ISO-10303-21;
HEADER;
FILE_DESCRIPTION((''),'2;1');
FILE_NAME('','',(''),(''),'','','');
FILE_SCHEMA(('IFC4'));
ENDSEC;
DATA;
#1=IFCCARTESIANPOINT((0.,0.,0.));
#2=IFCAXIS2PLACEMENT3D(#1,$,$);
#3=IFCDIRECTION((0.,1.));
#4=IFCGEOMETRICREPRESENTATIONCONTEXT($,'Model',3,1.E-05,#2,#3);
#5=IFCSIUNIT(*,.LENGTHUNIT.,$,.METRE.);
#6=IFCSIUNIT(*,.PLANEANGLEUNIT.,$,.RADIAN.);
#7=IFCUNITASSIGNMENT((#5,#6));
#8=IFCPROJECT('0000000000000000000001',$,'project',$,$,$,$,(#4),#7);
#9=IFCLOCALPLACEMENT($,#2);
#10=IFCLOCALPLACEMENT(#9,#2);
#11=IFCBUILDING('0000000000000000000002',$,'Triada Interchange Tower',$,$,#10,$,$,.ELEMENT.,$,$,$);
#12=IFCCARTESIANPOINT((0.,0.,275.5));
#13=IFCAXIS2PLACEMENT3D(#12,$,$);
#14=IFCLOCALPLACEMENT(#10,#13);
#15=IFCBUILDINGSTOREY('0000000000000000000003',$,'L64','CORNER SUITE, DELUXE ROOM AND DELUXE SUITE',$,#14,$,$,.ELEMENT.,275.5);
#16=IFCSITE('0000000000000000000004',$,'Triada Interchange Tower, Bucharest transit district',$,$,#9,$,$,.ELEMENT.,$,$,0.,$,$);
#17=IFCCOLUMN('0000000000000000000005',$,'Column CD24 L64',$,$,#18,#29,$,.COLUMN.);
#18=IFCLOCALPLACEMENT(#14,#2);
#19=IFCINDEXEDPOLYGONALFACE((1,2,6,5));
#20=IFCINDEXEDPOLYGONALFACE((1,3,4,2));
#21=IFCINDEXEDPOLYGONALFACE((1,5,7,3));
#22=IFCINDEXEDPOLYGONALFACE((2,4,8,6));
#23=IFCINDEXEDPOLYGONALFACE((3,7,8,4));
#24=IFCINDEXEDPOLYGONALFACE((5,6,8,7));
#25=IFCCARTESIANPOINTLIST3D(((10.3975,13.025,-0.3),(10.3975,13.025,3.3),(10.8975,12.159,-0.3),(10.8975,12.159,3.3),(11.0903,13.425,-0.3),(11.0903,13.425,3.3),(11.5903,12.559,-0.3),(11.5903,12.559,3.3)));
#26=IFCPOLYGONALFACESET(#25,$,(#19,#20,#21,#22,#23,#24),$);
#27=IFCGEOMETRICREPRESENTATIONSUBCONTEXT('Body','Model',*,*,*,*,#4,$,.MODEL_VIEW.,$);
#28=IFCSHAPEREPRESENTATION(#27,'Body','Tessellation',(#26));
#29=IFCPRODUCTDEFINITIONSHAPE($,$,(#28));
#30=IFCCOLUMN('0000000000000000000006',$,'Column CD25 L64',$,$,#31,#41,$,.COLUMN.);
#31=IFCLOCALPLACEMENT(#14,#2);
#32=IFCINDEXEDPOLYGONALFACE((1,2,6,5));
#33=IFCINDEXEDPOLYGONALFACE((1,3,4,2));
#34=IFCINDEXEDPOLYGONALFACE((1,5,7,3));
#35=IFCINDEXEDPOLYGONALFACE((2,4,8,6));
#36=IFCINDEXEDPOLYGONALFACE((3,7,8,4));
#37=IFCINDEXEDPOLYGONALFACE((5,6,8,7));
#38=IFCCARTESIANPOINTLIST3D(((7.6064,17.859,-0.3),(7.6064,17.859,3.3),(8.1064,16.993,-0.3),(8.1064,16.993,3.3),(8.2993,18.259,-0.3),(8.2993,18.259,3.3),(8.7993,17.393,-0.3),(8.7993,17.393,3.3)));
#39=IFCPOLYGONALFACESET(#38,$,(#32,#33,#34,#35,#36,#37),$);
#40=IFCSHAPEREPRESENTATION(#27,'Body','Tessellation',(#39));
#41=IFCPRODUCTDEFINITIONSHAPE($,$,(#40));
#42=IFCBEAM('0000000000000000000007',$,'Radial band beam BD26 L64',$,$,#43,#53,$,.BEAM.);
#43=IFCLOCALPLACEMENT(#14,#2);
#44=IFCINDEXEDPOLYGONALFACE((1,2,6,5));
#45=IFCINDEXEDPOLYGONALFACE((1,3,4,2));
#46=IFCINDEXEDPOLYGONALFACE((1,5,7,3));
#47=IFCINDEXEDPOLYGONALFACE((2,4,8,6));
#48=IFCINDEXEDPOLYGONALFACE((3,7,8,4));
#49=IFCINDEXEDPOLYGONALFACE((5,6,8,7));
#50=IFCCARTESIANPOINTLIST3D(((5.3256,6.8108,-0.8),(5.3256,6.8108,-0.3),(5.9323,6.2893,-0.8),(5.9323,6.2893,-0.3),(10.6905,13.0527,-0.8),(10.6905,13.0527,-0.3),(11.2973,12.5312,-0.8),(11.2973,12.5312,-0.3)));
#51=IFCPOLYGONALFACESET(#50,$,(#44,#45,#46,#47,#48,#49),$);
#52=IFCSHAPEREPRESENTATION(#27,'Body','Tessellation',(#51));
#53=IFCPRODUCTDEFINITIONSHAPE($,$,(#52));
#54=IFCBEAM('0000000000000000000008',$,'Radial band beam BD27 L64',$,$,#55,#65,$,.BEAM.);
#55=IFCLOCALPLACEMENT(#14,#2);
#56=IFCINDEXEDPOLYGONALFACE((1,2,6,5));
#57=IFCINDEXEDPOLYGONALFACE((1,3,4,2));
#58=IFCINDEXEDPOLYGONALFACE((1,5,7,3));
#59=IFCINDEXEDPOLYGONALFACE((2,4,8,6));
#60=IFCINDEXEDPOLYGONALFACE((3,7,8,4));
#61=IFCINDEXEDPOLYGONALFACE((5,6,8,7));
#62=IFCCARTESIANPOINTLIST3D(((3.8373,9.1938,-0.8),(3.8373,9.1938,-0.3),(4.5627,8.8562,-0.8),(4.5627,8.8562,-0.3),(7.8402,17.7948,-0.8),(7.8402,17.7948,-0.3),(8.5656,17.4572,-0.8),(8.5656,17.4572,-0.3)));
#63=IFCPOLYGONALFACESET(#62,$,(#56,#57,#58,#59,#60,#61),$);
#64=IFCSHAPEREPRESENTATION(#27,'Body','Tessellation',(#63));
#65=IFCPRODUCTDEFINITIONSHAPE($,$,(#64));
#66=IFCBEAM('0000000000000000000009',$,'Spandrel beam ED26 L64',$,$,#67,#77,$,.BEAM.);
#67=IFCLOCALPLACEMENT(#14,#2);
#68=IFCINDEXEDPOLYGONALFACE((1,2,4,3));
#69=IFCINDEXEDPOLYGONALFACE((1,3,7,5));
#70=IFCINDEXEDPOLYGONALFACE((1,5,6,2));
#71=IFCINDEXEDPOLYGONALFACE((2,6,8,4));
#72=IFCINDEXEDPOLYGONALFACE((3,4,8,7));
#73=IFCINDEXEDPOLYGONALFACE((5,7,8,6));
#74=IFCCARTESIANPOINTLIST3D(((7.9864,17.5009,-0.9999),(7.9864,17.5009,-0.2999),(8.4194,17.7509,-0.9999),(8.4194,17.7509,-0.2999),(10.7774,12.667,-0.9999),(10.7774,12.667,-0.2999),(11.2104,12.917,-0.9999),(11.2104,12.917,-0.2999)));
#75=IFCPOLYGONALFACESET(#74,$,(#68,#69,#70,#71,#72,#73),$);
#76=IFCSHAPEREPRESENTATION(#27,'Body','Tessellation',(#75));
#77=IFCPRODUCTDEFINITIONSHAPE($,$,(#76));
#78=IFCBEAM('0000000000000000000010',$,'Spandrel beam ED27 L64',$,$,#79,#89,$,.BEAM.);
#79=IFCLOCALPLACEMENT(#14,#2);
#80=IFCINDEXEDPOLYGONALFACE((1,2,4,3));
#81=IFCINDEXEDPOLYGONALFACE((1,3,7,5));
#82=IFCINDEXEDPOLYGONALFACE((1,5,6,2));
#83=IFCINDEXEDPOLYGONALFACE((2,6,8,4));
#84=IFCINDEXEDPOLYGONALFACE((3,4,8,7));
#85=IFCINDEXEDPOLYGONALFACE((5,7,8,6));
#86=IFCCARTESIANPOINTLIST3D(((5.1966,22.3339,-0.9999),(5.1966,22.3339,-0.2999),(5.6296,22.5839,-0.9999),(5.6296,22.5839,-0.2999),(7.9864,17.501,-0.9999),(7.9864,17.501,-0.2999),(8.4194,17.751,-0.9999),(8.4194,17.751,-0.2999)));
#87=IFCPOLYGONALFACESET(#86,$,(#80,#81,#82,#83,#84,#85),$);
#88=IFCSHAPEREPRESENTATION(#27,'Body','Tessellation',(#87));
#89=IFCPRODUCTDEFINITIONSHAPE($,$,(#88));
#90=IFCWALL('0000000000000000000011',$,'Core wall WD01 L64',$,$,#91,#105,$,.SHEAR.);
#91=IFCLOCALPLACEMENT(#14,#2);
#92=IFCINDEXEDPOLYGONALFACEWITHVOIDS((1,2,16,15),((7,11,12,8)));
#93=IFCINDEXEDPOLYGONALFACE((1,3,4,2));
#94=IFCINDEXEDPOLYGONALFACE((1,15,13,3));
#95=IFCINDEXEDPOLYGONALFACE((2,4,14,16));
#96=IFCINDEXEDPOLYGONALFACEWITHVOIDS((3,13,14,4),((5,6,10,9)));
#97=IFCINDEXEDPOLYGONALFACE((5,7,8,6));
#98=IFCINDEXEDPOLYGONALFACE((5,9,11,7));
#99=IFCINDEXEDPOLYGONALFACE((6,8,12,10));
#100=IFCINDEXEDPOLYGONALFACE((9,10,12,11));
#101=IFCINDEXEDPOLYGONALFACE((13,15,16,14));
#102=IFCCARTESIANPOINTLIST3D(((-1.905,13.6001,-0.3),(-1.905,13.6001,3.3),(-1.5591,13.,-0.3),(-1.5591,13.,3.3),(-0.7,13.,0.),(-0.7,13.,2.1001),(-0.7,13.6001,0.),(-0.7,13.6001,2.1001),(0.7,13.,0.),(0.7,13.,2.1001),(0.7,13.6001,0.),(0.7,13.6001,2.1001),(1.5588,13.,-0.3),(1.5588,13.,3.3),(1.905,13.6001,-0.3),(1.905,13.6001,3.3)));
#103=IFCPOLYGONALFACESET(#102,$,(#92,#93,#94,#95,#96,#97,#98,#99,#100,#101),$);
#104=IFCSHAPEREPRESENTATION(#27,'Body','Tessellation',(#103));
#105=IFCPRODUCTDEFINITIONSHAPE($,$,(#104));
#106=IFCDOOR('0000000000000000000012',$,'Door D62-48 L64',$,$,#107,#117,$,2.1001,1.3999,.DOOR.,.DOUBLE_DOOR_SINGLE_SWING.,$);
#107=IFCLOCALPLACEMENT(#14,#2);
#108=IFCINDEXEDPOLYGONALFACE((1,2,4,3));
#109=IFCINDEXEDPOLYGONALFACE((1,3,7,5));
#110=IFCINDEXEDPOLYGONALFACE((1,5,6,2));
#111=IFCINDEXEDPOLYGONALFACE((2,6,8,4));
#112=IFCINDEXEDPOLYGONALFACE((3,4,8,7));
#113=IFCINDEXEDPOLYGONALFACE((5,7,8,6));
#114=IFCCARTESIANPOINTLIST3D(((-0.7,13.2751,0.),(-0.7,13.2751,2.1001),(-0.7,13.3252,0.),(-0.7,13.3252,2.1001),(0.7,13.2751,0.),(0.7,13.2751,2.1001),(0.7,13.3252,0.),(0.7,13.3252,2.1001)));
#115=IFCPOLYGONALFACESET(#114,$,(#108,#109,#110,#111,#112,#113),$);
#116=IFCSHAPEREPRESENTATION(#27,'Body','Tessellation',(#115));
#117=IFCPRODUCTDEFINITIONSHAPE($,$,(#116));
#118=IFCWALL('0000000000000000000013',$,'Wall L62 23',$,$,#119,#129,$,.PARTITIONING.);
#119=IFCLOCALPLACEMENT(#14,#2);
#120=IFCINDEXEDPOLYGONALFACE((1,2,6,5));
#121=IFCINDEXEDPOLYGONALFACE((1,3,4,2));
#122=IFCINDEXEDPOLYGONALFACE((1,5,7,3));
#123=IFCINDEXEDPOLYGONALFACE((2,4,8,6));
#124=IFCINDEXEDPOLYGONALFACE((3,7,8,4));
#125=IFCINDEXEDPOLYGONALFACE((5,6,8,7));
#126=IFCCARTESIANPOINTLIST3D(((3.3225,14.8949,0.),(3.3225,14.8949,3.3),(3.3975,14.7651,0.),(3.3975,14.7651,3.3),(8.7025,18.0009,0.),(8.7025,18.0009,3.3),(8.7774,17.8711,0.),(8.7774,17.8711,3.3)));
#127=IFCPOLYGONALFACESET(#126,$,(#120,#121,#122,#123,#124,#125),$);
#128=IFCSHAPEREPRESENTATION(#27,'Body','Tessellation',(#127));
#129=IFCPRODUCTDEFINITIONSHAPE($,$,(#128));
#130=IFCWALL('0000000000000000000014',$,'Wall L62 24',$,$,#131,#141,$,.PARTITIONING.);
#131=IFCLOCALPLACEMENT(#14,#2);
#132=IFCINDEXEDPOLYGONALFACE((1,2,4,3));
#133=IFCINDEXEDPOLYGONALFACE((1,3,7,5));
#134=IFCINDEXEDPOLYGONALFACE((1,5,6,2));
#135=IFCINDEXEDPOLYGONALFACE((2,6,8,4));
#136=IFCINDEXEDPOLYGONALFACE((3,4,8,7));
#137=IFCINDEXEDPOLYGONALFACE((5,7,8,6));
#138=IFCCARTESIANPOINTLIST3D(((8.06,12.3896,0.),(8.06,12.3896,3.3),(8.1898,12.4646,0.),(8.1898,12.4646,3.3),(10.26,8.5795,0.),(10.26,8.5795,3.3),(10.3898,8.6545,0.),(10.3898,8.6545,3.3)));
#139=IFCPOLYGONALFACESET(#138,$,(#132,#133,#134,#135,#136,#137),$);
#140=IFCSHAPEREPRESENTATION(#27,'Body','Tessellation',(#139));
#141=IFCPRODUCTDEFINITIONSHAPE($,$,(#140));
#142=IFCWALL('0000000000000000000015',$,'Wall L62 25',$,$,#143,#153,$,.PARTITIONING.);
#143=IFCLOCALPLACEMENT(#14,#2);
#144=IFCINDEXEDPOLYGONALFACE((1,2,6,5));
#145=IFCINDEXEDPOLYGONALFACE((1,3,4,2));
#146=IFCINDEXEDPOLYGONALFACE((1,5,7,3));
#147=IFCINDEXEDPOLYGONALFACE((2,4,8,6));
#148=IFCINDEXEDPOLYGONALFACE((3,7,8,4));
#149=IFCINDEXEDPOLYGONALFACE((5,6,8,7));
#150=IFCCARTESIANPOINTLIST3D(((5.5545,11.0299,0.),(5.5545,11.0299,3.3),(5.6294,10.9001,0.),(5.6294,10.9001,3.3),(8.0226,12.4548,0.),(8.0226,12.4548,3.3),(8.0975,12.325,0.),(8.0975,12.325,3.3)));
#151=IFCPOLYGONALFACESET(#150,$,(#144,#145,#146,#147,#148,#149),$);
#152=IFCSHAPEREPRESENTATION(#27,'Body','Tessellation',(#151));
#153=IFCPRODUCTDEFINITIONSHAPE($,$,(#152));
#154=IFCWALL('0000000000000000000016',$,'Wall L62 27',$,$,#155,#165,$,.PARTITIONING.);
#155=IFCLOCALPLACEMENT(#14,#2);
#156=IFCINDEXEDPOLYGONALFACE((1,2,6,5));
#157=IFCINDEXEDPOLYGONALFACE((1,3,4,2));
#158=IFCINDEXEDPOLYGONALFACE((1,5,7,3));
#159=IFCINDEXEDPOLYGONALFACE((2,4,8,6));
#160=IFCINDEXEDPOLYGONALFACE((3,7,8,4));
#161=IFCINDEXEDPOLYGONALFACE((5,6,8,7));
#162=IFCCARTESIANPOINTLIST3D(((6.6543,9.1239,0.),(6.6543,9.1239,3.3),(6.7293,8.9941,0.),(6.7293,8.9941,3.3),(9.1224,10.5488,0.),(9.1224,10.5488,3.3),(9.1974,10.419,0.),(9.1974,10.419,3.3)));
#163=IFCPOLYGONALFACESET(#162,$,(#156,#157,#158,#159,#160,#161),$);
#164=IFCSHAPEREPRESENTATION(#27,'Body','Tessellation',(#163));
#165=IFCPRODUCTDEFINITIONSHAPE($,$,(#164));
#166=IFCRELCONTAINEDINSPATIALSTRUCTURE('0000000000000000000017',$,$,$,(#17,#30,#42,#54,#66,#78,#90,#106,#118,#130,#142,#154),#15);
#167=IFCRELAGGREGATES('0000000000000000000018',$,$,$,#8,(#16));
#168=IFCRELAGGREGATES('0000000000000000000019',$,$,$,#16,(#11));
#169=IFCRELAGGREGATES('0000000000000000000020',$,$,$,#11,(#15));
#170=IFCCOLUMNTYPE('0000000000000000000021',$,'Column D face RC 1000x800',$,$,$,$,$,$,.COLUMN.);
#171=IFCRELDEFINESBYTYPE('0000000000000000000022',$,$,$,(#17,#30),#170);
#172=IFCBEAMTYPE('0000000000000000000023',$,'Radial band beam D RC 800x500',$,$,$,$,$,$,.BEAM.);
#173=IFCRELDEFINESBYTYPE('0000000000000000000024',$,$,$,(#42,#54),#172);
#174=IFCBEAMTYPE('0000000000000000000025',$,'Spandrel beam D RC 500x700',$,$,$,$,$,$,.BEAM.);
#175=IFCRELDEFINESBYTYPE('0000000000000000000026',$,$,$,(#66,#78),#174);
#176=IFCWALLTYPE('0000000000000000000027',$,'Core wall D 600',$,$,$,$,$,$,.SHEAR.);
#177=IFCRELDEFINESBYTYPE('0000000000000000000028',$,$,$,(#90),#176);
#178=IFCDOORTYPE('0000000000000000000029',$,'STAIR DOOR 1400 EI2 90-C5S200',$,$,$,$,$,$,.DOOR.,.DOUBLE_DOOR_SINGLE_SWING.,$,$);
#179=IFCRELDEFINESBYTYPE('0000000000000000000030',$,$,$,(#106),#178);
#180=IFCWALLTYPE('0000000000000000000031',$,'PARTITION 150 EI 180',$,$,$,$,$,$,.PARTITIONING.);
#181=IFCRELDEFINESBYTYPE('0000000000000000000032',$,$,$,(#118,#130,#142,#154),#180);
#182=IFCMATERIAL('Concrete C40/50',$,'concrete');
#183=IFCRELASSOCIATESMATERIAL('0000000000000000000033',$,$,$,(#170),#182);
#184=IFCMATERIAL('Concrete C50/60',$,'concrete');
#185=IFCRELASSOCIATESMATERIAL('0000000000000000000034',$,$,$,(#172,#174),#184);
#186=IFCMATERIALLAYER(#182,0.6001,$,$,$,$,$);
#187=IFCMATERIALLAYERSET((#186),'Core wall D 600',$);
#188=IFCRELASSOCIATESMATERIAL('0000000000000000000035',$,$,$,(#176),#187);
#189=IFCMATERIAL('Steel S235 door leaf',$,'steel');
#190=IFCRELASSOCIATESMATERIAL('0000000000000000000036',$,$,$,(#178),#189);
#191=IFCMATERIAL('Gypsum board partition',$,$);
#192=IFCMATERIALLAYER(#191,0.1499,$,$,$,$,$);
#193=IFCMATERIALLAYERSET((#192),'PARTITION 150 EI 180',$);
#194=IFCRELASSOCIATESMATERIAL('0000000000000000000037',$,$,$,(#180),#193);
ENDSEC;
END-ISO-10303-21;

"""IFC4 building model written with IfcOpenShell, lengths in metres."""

from ifc_helpers import new_model, si_unit, direction, frame, frame_2d, origin, origin_2d, place, context, subcontext, project, spatial, polyline, rectangle, outline, extrude, material, layer, layer_set, material_profile, profile_set, type_object, element, fill, save


model = new_model("IFC4")

# Units and contexts
model_context = context("Model", 3, precision=1e-05, world=origin(), true_north=direction((0.0, 1.0)))
body_context = subcontext(model_context, "Body", "Model", "MODEL_VIEW")
ifc_project = project(units=[si_unit("LENGTHUNIT", "METRE"), si_unit("PLANEANGLEUNIT", "RADIAN")], contexts=[model_context])

# Site, building, storey
site_placement = place(None, origin())
site = spatial("IfcSite", under=ifc_project, at=site_placement, Name="Triada Interchange Tower, Bucharest transit district", CompositionType="ELEMENT", RefElevation=0.0)
building_placement = place(site_placement, origin())
building = spatial("IfcBuilding", under=site, at=building_placement, Name="Triada Interchange Tower", CompositionType="ELEMENT")
storey_placement = place(building_placement, frame((0.0, 0.0, 275.5)))
storey = spatial("IfcBuildingStorey", under=building, at=storey_placement, Name="L64", Description="CORNER SUITE, DELUXE ROOM AND DELUXE SUITE", CompositionType="ELEMENT", Elevation=275.5)

# Columns
ifc_material_1 = material(Name="Concrete C40/50", Category="concrete")
ifc_material_profile_1 = material_profile(ifc_material_1, rectangle(XDim=1.0, YDim=0.8, at=origin_2d()), Name="RC 1000x800")
ifc_profile_set_1 = profile_set([ifc_material_profile_1], Name="Concrete C40/50")
column_type = type_object("IfcColumnType", Name="Column D face RC 1000x800", PredefinedType="COLUMN", material=ifc_profile_set_1)
for number, where, z_axis, x_axis, name in (
    (1, (10.9939, 12.792, -0.3), (0.0, 0.0, 1.0), (-0.5, 0.866025, 0.0), "Column CD24 L64"),
    (2, (8.2029, 17.626, -0.3), (0.0, 0.0, 1.0), (-0.5, 0.866025, 0.0), "Column CD25 L64"),
):
    element("IfcColumn", number, at=place(storey_placement, frame(where, z_axis=z_axis, x_axis=x_axis)), inside=storey, type_object=column_type, Name=name, PredefinedType="COLUMN", context=body_context, shape_type="SweptSolid", body=[
        extrude(rectangle(XDim=1.0, YDim=0.8, at=origin_2d()), origin(), (0.0, 0.0, 1.0), 3.6001),
    ])

# Beams
ifc_material_2 = material(Name="Concrete C50/60", Category="concrete")
ifc_material_profile_2 = material_profile(ifc_material_2, rectangle(XDim=0.8, YDim=0.5, at=origin_2d()), Name="RC 800x500")
ifc_profile_set_2 = profile_set([ifc_material_profile_2], Name="Concrete C50/60")
beam_type_1 = type_object("IfcBeamType", Name="Radial band beam D RC 800x500", PredefinedType="BEAM", material=ifc_profile_set_2)
beam_1_placement = place(storey_placement, frame((10.9939, 12.792, -0.55), z_axis=(-0.651824, -0.75837, 0.0), x_axis=(0.75837, -0.651824, 0.0)))
element("IfcBeam", 3, at=beam_1_placement, inside=storey, type_object=beam_type_1, Name="Radial band beam BD26 L64", PredefinedType="BEAM", context=body_context, shape_type="SweptSolid", body=[
    extrude(rectangle(XDim=0.8, YDim=0.5, at=origin_2d()), origin(), (0.0, 0.0, 1.0), 8.2307),
])
beam_2_placement = place(storey_placement, frame((8.2029, 17.626, -0.55), z_axis=(-0.421941, -0.906623, 0.0), x_axis=(0.906623, -0.421941, 0.0)))
element("IfcBeam", 4, at=beam_2_placement, inside=storey, type_object=beam_type_1, Name="Radial band beam BD27 L64", PredefinedType="BEAM", context=body_context, shape_type="SweptSolid", body=[
    extrude(rectangle(XDim=0.8, YDim=0.5, at=origin_2d()), origin(), (0.0, 0.0, 1.0), 9.4868),
])
ifc_material_profile_3 = material_profile(ifc_material_2, rectangle(XDim=0.5, YDim=0.7, at=origin_2d()), Name="RC 500x700")
ifc_profile_set_3 = profile_set([ifc_material_profile_3], Name="Concrete C50/60")
beam_type_2 = type_object("IfcBeamType", Name="Spandrel beam D RC 500x700", PredefinedType="BEAM", material=ifc_profile_set_3)
beam_3_placement = place(storey_placement, frame((10.9939, 12.792, -0.6499), z_axis=(-0.500015, 0.866017, 0.0), x_axis=(-0.866017, -0.500015, 0.0)))
element("IfcBeam", 5, at=beam_3_placement, inside=storey, type_object=beam_type_2, Name="Spandrel beam ED26 L64", PredefinedType="BEAM", context=body_context, shape_type="SweptSolid", body=[
    extrude(rectangle(XDim=0.5, YDim=0.7, at=origin_2d()), origin(), (0.0, 0.0, 1.0), 5.5818),
])
beam_4_placement = place(storey_placement, frame((8.2029, 17.626, -0.6499), z_axis=(-0.499927, 0.866068, 0.0), x_axis=(-0.866068, -0.499927, 0.0)))
element("IfcBeam", 6, at=beam_4_placement, inside=storey, type_object=beam_type_2, Name="Spandrel beam ED27 L64", PredefinedType="BEAM", context=body_context, shape_type="SweptSolid", body=[
    extrude(rectangle(XDim=0.5, YDim=0.7, at=origin_2d()), origin(), (0.0, 0.0, 1.0), 5.5803),
])

# Wall, opening, door
ifc_layer_1 = layer(ifc_material_1, 0.6001)
ifc_layer_set_1 = layer_set([ifc_layer_1], Name="Core wall D 600")
wall_type_1 = type_object("IfcWallType", Name="Core wall D 600", PredefinedType="SHEAR", material=ifc_layer_set_1)
wall_1_placement = place(storey_placement, frame((1.7319, 13.3, -0.3), z_axis=(0.0, 0.0, 1.0), x_axis=(-1.0, 0.0, 0.0)))
wall_1 = element("IfcWall", 7, at=wall_1_placement, inside=storey, type_object=wall_type_1, Name="Core wall WD01 L64", PredefinedType="SHEAR", context=body_context, shape_type="SweptSolid", body=[
    extrude(outline(polyline([(-0.1731, -0.3), (1.7319, -0.3), (3.637, -0.3), (3.291, 0.3), (1.7319, 0.3), (0.1731, 0.3), (-0.1731, -0.3)])), origin(), (0.0, 0.0, 1.0), 3.6001),
])
opening_1_placement = place(wall_1_placement, frame((1.032, 0.0, 0.3)))
opening_1 = element("IfcOpeningElement", 8, at=opening_1_placement, cuts=wall_1, PredefinedType="OPENING", context=body_context, shape_type="SweptSolid", body=[
    extrude(rectangle(XDim=1.3999, YDim=2.1001, at=frame_2d((0.7, 1.05))), frame((0.0, 0.3101, 0.0), z_axis=(0.0, -1.0, 0.0), x_axis=(1.0, 0.0, 0.0)), (0.0, 0.0, 1.0), 0.6201),
])
ifc_material_3 = material(Name="Steel S235 door leaf", Category="steel")
door_type_1 = type_object("IfcDoorType", Name="STAIR DOOR 1400 EI2 90-C5S200", OperationType="DOUBLE_DOOR_SINGLE_SWING", PredefinedType="DOOR", material=ifc_material_3)
door_1_placement = place(opening_1_placement, origin())
door_1 = element("IfcDoor", 9, at=door_1_placement, inside=storey, type_object=door_type_1, Name="Door D62-48 L64", OperationType="DOUBLE_DOOR_SINGLE_SWING", OverallHeight=2.1001, OverallWidth=1.3999, PredefinedType="DOOR", context=body_context, shape_type="SweptSolid", body=[
    extrude(rectangle(XDim=1.3999, YDim=2.1001, at=frame_2d((0.7, 1.05))), frame((0.0, 0.0249, 0.0), z_axis=(0.0, -1.0, 0.0), x_axis=(1.0, 0.0, 0.0)), (0.0, 0.0, 1.0), 0.05),
])
fill(opening_1, door_1)

# Walls
ifc_material_4 = material(Name="Gypsum board partition")
ifc_layer_2 = layer(ifc_material_4, 0.1499)
ifc_layer_set_2 = layer_set([ifc_layer_2], Name="PARTITION 150 EI 180")
wall_type_2 = type_object("IfcWallType", Name="PARTITION 150 EI 180", PredefinedType="PARTITIONING", material=ifc_layer_set_2)
wall_2_placement = place(storey_placement, frame((3.3601, 14.8301, 0.0), z_axis=(0.0, 0.0, 1.0), x_axis=(0.866034, 0.499986, 0.0)))
element("IfcWall", 10, at=wall_2_placement, inside=storey, type_object=wall_type_2, Name="Wall L62 23", PredefinedType="PARTITIONING", context=body_context, shape_type="SweptSolid", body=[
    extrude(rectangle(XDim=6.2122, YDim=0.1499, at=frame_2d((3.106, 0.0))), origin(), (0.0, 0.0, 1.0), 3.3),
])
wall_3_placement = place(storey_placement, frame((8.125, 12.427, 0.0), z_axis=(0.0, 0.0, 1.0), x_axis=(0.500036, -0.866004, 0.0)))
element("IfcWall", 11, at=wall_3_placement, inside=storey, type_object=wall_type_2, Name="Wall L62 24", PredefinedType="PARTITIONING", context=body_context, shape_type="SweptSolid", body=[
    extrude(rectangle(XDim=4.3997, YDim=0.1499, at=frame_2d((2.1997, 0.0))), origin(), (0.0, 0.0, 1.0), 3.3),
])
for number, where, z_axis, x_axis, name in (
    (12, (5.592, 10.9651, 0.0), (0.0, 0.0, 1.0), (0.866041, 0.499972, 0.0), "Wall L62 25"),
    (13, (6.6919, 9.0591, 0.0), (0.0, 0.0, 1.0), (0.866041, 0.499972, 0.0), "Wall L62 27"),
):
    element("IfcWall", number, at=place(storey_placement, frame(where, z_axis=z_axis, x_axis=x_axis)), inside=storey, type_object=wall_type_2, Name=name, PredefinedType="PARTITIONING", context=body_context, shape_type="SweptSolid", body=[
        extrude(rectangle(XDim=2.8499, YDim=0.1499, at=frame_2d((1.4248, 0.0))), origin(), (0.0, 0.0, 1.0), 3.3),
    ])

save(model, "model.ifc")
